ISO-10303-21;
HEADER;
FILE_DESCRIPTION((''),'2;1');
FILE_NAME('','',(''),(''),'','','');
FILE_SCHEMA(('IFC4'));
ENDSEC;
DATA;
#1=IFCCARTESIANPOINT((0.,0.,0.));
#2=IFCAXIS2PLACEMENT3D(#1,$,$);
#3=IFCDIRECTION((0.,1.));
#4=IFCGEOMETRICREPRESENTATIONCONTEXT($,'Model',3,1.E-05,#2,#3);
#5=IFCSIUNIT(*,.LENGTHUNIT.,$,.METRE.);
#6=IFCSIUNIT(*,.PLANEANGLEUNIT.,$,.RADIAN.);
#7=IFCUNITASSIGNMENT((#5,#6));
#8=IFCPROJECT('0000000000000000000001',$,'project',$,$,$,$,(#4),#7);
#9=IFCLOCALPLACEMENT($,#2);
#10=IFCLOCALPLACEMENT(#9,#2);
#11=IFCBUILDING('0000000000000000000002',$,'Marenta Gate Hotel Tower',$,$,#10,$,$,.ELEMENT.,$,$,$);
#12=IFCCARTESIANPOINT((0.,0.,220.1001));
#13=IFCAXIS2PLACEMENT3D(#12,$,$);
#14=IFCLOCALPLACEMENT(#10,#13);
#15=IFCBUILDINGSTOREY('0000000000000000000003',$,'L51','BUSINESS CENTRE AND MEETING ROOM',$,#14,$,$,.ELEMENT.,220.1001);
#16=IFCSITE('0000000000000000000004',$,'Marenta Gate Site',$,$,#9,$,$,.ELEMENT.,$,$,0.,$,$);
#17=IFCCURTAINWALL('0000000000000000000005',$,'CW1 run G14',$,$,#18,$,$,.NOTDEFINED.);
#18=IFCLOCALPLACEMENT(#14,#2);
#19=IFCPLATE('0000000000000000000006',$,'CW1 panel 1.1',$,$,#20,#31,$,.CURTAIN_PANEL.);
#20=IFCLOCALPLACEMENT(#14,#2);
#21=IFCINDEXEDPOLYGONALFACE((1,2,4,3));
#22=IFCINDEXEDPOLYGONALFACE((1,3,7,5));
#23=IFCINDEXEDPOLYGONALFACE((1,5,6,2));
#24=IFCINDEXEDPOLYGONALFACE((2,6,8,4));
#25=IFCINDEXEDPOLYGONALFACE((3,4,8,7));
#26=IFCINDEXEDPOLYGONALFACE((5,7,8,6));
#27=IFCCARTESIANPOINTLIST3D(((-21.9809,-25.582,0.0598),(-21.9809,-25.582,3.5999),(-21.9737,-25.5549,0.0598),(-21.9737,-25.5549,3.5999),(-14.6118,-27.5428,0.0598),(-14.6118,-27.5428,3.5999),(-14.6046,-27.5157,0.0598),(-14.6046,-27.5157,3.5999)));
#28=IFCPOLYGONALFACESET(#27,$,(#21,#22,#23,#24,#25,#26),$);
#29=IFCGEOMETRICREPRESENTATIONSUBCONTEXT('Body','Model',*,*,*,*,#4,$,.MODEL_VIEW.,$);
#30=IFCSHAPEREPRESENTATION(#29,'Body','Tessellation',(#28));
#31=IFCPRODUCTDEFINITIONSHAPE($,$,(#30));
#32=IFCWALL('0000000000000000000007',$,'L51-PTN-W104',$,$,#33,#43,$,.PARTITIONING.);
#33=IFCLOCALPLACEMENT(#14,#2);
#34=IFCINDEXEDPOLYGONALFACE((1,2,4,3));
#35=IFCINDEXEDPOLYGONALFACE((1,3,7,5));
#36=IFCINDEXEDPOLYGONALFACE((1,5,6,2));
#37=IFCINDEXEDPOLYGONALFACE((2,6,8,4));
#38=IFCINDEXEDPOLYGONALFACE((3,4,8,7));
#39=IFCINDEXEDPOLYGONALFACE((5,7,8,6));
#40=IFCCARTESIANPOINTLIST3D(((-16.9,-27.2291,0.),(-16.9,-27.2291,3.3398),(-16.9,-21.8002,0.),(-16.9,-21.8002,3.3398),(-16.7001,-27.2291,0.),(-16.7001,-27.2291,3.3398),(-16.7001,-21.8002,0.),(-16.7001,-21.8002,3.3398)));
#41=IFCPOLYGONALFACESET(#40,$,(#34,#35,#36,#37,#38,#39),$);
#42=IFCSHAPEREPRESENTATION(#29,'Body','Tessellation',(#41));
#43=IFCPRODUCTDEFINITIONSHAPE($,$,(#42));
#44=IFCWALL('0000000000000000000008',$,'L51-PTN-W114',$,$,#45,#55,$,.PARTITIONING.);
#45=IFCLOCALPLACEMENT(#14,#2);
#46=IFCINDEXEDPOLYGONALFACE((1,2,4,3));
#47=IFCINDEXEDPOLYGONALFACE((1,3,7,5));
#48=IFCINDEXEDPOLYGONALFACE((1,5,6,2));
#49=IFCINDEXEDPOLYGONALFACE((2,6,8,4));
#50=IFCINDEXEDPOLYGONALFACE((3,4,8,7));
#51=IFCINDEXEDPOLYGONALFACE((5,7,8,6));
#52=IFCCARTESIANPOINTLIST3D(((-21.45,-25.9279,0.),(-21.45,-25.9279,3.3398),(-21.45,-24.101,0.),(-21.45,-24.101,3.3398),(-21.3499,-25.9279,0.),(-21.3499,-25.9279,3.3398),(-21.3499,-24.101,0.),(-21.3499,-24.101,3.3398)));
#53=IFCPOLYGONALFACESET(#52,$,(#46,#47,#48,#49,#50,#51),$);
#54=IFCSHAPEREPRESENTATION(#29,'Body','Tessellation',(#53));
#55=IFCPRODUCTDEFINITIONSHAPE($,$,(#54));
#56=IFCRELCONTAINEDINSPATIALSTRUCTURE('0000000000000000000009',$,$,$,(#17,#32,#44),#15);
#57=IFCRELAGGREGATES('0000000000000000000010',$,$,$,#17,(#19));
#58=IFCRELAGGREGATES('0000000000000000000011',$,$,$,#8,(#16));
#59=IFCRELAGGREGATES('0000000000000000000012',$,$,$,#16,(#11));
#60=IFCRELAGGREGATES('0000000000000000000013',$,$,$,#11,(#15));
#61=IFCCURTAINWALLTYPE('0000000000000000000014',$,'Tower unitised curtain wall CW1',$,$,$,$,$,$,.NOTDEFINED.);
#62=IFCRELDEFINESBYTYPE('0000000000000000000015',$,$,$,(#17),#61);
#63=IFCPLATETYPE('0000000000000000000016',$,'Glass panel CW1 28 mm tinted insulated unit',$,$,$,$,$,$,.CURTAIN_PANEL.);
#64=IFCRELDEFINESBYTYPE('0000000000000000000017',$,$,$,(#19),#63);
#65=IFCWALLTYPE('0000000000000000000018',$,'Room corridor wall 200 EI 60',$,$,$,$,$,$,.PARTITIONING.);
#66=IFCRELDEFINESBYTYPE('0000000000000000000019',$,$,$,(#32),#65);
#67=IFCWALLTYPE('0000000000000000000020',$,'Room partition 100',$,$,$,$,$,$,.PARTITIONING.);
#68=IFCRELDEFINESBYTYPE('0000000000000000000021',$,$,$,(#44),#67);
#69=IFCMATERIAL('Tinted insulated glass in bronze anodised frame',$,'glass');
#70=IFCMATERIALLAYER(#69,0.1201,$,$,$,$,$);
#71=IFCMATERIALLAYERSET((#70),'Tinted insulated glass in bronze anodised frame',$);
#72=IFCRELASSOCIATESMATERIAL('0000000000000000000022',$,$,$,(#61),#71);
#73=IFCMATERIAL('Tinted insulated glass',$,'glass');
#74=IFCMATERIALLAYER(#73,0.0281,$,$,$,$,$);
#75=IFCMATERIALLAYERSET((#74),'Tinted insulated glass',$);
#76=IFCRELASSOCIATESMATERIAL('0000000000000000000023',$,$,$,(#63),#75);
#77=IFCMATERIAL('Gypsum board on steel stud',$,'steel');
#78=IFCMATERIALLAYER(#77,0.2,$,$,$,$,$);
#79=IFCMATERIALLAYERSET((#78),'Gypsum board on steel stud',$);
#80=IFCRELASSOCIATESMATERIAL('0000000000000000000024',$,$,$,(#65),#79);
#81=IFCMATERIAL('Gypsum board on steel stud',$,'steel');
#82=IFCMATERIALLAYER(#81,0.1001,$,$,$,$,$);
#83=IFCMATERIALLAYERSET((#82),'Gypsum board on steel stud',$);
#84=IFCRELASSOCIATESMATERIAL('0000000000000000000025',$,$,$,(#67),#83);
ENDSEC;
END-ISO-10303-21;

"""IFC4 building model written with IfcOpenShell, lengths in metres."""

from ifc_helpers import new_model, si_unit, direction, frame, frame_2d, origin, origin_2d, place, context, subcontext, project, spatial, rectangle, extrude, material, layer, layer_set, type_object, element, aggregate, save


model = new_model("IFC4")

# Units and contexts
model_context = context("Model", 3, precision=1e-05, world=origin(), true_north=direction((0.0, 1.0)))
body_context = subcontext(model_context, "Body", "Model", "MODEL_VIEW")
ifc_project = project(units=[si_unit("LENGTHUNIT", "METRE"), si_unit("PLANEANGLEUNIT", "RADIAN")], contexts=[model_context])

# Site, building, storey
site_placement = place(None, origin())
site = spatial("IfcSite", under=ifc_project, at=site_placement, Name="Marenta Gate Site", CompositionType="ELEMENT", RefElevation=0.0)
building_placement = place(site_placement, origin())
building = spatial("IfcBuilding", under=site, at=building_placement, Name="Marenta Gate Hotel Tower", CompositionType="ELEMENT")
storey_placement = place(building_placement, frame((0.0, 0.0, 220.1001)))
storey = spatial("IfcBuildingStorey", under=building, at=storey_placement, Name="L51", Description="BUSINESS CENTRE AND MEETING ROOM", CompositionType="ELEMENT", Elevation=220.1001)

# Curtain wall, plate
ifc_material_1 = material(Name="Tinted insulated glass in bronze anodised frame", Category="glass")
ifc_layer_1 = layer(ifc_material_1, 0.1201)
ifc_layer_set_1 = layer_set([ifc_layer_1], Name="Tinted insulated glass in bronze anodised frame")
curtain_wall_type = type_object("IfcCurtainWallType", Name="Tower unitised curtain wall CW1", PredefinedType="NOTDEFINED", material=ifc_layer_set_1)
curtain_wall_placement = place(storey_placement, origin())
curtain_wall = element("IfcCurtainWall", 1, at=curtain_wall_placement, inside=storey, type_object=curtain_wall_type, Name="CW1 run G14", PredefinedType="NOTDEFINED")
ifc_material_2 = material(Name="Tinted insulated glass", Category="glass")
ifc_layer_2 = layer(ifc_material_2, 0.0281)
ifc_layer_set_2 = layer_set([ifc_layer_2], Name="Tinted insulated glass")
plate_type = type_object("IfcPlateType", Name="Glass panel CW1 28 mm tinted insulated unit", PredefinedType="CURTAIN_PANEL", material=ifc_layer_set_2)
plate_placement = place(storey_placement, frame((-18.2927, -26.5488, 0.0598), z_axis=(0.0, 0.0, 1.0), x_axis=(0.966375, -0.257136, 0.0)))
plate = element("IfcPlate", 2, at=plate_placement, type_object=plate_type, Name="CW1 panel 1.1", PredefinedType="CURTAIN_PANEL", context=body_context, shape_type="SweptSolid", body=[
    extrude(rectangle(XDim=7.6255, YDim=0.0281, at=origin_2d()), origin(), (0.0, 0.0, 1.0), 3.54),
])
aggregate(curtain_wall, [plate])

# Wall
ifc_material_3 = material(Name="Gypsum board on steel stud", Category="steel")
ifc_layer_3 = layer(ifc_material_3, 0.2)
ifc_layer_set_3 = layer_set([ifc_layer_3], Name="Gypsum board on steel stud")
wall_type_1 = type_object("IfcWallType", Name="Room corridor wall 200 EI 60", PredefinedType="PARTITIONING", material=ifc_layer_set_3)
wall_1_placement = place(storey_placement, frame((-16.8, -27.229, 0.0), z_axis=(0.0, 0.0, 1.0), x_axis=(0.0, 1.0, 0.0)))
element("IfcWall", 3, at=wall_1_placement, inside=storey, type_object=wall_type_1, Name="L51-PTN-W104", PredefinedType="PARTITIONING", context=body_context, shape_type="SweptSolid", body=[
    extrude(rectangle(XDim=5.429, YDim=0.2, at=frame_2d((2.7144, 0.0))), origin(), (0.0, 0.0, 1.0), 3.3398),
])

# Wall
ifc_material_4 = material(Name="Gypsum board on steel stud", Category="steel")
ifc_layer_4 = layer(ifc_material_4, 0.1001)
ifc_layer_set_4 = layer_set([ifc_layer_4], Name="Gypsum board on steel stud")
wall_type_2 = type_object("IfcWallType", Name="Room partition 100", PredefinedType="PARTITIONING", material=ifc_layer_set_4)
wall_2_placement = place(storey_placement, frame((-21.3999, -25.928, 0.0), z_axis=(0.0, 0.0, 1.0), x_axis=(0.0, 1.0, 0.0)))
element("IfcWall", 4, at=wall_2_placement, inside=storey, type_object=wall_type_2, Name="L51-PTN-W114", PredefinedType="PARTITIONING", context=body_context, shape_type="SweptSolid", body=[
    extrude(rectangle(XDim=1.8269, YDim=0.1001, at=frame_2d((0.9136, 0.0))), origin(), (0.0, 0.0, 1.0), 3.3398),
])

save(model, "model.ifc")
